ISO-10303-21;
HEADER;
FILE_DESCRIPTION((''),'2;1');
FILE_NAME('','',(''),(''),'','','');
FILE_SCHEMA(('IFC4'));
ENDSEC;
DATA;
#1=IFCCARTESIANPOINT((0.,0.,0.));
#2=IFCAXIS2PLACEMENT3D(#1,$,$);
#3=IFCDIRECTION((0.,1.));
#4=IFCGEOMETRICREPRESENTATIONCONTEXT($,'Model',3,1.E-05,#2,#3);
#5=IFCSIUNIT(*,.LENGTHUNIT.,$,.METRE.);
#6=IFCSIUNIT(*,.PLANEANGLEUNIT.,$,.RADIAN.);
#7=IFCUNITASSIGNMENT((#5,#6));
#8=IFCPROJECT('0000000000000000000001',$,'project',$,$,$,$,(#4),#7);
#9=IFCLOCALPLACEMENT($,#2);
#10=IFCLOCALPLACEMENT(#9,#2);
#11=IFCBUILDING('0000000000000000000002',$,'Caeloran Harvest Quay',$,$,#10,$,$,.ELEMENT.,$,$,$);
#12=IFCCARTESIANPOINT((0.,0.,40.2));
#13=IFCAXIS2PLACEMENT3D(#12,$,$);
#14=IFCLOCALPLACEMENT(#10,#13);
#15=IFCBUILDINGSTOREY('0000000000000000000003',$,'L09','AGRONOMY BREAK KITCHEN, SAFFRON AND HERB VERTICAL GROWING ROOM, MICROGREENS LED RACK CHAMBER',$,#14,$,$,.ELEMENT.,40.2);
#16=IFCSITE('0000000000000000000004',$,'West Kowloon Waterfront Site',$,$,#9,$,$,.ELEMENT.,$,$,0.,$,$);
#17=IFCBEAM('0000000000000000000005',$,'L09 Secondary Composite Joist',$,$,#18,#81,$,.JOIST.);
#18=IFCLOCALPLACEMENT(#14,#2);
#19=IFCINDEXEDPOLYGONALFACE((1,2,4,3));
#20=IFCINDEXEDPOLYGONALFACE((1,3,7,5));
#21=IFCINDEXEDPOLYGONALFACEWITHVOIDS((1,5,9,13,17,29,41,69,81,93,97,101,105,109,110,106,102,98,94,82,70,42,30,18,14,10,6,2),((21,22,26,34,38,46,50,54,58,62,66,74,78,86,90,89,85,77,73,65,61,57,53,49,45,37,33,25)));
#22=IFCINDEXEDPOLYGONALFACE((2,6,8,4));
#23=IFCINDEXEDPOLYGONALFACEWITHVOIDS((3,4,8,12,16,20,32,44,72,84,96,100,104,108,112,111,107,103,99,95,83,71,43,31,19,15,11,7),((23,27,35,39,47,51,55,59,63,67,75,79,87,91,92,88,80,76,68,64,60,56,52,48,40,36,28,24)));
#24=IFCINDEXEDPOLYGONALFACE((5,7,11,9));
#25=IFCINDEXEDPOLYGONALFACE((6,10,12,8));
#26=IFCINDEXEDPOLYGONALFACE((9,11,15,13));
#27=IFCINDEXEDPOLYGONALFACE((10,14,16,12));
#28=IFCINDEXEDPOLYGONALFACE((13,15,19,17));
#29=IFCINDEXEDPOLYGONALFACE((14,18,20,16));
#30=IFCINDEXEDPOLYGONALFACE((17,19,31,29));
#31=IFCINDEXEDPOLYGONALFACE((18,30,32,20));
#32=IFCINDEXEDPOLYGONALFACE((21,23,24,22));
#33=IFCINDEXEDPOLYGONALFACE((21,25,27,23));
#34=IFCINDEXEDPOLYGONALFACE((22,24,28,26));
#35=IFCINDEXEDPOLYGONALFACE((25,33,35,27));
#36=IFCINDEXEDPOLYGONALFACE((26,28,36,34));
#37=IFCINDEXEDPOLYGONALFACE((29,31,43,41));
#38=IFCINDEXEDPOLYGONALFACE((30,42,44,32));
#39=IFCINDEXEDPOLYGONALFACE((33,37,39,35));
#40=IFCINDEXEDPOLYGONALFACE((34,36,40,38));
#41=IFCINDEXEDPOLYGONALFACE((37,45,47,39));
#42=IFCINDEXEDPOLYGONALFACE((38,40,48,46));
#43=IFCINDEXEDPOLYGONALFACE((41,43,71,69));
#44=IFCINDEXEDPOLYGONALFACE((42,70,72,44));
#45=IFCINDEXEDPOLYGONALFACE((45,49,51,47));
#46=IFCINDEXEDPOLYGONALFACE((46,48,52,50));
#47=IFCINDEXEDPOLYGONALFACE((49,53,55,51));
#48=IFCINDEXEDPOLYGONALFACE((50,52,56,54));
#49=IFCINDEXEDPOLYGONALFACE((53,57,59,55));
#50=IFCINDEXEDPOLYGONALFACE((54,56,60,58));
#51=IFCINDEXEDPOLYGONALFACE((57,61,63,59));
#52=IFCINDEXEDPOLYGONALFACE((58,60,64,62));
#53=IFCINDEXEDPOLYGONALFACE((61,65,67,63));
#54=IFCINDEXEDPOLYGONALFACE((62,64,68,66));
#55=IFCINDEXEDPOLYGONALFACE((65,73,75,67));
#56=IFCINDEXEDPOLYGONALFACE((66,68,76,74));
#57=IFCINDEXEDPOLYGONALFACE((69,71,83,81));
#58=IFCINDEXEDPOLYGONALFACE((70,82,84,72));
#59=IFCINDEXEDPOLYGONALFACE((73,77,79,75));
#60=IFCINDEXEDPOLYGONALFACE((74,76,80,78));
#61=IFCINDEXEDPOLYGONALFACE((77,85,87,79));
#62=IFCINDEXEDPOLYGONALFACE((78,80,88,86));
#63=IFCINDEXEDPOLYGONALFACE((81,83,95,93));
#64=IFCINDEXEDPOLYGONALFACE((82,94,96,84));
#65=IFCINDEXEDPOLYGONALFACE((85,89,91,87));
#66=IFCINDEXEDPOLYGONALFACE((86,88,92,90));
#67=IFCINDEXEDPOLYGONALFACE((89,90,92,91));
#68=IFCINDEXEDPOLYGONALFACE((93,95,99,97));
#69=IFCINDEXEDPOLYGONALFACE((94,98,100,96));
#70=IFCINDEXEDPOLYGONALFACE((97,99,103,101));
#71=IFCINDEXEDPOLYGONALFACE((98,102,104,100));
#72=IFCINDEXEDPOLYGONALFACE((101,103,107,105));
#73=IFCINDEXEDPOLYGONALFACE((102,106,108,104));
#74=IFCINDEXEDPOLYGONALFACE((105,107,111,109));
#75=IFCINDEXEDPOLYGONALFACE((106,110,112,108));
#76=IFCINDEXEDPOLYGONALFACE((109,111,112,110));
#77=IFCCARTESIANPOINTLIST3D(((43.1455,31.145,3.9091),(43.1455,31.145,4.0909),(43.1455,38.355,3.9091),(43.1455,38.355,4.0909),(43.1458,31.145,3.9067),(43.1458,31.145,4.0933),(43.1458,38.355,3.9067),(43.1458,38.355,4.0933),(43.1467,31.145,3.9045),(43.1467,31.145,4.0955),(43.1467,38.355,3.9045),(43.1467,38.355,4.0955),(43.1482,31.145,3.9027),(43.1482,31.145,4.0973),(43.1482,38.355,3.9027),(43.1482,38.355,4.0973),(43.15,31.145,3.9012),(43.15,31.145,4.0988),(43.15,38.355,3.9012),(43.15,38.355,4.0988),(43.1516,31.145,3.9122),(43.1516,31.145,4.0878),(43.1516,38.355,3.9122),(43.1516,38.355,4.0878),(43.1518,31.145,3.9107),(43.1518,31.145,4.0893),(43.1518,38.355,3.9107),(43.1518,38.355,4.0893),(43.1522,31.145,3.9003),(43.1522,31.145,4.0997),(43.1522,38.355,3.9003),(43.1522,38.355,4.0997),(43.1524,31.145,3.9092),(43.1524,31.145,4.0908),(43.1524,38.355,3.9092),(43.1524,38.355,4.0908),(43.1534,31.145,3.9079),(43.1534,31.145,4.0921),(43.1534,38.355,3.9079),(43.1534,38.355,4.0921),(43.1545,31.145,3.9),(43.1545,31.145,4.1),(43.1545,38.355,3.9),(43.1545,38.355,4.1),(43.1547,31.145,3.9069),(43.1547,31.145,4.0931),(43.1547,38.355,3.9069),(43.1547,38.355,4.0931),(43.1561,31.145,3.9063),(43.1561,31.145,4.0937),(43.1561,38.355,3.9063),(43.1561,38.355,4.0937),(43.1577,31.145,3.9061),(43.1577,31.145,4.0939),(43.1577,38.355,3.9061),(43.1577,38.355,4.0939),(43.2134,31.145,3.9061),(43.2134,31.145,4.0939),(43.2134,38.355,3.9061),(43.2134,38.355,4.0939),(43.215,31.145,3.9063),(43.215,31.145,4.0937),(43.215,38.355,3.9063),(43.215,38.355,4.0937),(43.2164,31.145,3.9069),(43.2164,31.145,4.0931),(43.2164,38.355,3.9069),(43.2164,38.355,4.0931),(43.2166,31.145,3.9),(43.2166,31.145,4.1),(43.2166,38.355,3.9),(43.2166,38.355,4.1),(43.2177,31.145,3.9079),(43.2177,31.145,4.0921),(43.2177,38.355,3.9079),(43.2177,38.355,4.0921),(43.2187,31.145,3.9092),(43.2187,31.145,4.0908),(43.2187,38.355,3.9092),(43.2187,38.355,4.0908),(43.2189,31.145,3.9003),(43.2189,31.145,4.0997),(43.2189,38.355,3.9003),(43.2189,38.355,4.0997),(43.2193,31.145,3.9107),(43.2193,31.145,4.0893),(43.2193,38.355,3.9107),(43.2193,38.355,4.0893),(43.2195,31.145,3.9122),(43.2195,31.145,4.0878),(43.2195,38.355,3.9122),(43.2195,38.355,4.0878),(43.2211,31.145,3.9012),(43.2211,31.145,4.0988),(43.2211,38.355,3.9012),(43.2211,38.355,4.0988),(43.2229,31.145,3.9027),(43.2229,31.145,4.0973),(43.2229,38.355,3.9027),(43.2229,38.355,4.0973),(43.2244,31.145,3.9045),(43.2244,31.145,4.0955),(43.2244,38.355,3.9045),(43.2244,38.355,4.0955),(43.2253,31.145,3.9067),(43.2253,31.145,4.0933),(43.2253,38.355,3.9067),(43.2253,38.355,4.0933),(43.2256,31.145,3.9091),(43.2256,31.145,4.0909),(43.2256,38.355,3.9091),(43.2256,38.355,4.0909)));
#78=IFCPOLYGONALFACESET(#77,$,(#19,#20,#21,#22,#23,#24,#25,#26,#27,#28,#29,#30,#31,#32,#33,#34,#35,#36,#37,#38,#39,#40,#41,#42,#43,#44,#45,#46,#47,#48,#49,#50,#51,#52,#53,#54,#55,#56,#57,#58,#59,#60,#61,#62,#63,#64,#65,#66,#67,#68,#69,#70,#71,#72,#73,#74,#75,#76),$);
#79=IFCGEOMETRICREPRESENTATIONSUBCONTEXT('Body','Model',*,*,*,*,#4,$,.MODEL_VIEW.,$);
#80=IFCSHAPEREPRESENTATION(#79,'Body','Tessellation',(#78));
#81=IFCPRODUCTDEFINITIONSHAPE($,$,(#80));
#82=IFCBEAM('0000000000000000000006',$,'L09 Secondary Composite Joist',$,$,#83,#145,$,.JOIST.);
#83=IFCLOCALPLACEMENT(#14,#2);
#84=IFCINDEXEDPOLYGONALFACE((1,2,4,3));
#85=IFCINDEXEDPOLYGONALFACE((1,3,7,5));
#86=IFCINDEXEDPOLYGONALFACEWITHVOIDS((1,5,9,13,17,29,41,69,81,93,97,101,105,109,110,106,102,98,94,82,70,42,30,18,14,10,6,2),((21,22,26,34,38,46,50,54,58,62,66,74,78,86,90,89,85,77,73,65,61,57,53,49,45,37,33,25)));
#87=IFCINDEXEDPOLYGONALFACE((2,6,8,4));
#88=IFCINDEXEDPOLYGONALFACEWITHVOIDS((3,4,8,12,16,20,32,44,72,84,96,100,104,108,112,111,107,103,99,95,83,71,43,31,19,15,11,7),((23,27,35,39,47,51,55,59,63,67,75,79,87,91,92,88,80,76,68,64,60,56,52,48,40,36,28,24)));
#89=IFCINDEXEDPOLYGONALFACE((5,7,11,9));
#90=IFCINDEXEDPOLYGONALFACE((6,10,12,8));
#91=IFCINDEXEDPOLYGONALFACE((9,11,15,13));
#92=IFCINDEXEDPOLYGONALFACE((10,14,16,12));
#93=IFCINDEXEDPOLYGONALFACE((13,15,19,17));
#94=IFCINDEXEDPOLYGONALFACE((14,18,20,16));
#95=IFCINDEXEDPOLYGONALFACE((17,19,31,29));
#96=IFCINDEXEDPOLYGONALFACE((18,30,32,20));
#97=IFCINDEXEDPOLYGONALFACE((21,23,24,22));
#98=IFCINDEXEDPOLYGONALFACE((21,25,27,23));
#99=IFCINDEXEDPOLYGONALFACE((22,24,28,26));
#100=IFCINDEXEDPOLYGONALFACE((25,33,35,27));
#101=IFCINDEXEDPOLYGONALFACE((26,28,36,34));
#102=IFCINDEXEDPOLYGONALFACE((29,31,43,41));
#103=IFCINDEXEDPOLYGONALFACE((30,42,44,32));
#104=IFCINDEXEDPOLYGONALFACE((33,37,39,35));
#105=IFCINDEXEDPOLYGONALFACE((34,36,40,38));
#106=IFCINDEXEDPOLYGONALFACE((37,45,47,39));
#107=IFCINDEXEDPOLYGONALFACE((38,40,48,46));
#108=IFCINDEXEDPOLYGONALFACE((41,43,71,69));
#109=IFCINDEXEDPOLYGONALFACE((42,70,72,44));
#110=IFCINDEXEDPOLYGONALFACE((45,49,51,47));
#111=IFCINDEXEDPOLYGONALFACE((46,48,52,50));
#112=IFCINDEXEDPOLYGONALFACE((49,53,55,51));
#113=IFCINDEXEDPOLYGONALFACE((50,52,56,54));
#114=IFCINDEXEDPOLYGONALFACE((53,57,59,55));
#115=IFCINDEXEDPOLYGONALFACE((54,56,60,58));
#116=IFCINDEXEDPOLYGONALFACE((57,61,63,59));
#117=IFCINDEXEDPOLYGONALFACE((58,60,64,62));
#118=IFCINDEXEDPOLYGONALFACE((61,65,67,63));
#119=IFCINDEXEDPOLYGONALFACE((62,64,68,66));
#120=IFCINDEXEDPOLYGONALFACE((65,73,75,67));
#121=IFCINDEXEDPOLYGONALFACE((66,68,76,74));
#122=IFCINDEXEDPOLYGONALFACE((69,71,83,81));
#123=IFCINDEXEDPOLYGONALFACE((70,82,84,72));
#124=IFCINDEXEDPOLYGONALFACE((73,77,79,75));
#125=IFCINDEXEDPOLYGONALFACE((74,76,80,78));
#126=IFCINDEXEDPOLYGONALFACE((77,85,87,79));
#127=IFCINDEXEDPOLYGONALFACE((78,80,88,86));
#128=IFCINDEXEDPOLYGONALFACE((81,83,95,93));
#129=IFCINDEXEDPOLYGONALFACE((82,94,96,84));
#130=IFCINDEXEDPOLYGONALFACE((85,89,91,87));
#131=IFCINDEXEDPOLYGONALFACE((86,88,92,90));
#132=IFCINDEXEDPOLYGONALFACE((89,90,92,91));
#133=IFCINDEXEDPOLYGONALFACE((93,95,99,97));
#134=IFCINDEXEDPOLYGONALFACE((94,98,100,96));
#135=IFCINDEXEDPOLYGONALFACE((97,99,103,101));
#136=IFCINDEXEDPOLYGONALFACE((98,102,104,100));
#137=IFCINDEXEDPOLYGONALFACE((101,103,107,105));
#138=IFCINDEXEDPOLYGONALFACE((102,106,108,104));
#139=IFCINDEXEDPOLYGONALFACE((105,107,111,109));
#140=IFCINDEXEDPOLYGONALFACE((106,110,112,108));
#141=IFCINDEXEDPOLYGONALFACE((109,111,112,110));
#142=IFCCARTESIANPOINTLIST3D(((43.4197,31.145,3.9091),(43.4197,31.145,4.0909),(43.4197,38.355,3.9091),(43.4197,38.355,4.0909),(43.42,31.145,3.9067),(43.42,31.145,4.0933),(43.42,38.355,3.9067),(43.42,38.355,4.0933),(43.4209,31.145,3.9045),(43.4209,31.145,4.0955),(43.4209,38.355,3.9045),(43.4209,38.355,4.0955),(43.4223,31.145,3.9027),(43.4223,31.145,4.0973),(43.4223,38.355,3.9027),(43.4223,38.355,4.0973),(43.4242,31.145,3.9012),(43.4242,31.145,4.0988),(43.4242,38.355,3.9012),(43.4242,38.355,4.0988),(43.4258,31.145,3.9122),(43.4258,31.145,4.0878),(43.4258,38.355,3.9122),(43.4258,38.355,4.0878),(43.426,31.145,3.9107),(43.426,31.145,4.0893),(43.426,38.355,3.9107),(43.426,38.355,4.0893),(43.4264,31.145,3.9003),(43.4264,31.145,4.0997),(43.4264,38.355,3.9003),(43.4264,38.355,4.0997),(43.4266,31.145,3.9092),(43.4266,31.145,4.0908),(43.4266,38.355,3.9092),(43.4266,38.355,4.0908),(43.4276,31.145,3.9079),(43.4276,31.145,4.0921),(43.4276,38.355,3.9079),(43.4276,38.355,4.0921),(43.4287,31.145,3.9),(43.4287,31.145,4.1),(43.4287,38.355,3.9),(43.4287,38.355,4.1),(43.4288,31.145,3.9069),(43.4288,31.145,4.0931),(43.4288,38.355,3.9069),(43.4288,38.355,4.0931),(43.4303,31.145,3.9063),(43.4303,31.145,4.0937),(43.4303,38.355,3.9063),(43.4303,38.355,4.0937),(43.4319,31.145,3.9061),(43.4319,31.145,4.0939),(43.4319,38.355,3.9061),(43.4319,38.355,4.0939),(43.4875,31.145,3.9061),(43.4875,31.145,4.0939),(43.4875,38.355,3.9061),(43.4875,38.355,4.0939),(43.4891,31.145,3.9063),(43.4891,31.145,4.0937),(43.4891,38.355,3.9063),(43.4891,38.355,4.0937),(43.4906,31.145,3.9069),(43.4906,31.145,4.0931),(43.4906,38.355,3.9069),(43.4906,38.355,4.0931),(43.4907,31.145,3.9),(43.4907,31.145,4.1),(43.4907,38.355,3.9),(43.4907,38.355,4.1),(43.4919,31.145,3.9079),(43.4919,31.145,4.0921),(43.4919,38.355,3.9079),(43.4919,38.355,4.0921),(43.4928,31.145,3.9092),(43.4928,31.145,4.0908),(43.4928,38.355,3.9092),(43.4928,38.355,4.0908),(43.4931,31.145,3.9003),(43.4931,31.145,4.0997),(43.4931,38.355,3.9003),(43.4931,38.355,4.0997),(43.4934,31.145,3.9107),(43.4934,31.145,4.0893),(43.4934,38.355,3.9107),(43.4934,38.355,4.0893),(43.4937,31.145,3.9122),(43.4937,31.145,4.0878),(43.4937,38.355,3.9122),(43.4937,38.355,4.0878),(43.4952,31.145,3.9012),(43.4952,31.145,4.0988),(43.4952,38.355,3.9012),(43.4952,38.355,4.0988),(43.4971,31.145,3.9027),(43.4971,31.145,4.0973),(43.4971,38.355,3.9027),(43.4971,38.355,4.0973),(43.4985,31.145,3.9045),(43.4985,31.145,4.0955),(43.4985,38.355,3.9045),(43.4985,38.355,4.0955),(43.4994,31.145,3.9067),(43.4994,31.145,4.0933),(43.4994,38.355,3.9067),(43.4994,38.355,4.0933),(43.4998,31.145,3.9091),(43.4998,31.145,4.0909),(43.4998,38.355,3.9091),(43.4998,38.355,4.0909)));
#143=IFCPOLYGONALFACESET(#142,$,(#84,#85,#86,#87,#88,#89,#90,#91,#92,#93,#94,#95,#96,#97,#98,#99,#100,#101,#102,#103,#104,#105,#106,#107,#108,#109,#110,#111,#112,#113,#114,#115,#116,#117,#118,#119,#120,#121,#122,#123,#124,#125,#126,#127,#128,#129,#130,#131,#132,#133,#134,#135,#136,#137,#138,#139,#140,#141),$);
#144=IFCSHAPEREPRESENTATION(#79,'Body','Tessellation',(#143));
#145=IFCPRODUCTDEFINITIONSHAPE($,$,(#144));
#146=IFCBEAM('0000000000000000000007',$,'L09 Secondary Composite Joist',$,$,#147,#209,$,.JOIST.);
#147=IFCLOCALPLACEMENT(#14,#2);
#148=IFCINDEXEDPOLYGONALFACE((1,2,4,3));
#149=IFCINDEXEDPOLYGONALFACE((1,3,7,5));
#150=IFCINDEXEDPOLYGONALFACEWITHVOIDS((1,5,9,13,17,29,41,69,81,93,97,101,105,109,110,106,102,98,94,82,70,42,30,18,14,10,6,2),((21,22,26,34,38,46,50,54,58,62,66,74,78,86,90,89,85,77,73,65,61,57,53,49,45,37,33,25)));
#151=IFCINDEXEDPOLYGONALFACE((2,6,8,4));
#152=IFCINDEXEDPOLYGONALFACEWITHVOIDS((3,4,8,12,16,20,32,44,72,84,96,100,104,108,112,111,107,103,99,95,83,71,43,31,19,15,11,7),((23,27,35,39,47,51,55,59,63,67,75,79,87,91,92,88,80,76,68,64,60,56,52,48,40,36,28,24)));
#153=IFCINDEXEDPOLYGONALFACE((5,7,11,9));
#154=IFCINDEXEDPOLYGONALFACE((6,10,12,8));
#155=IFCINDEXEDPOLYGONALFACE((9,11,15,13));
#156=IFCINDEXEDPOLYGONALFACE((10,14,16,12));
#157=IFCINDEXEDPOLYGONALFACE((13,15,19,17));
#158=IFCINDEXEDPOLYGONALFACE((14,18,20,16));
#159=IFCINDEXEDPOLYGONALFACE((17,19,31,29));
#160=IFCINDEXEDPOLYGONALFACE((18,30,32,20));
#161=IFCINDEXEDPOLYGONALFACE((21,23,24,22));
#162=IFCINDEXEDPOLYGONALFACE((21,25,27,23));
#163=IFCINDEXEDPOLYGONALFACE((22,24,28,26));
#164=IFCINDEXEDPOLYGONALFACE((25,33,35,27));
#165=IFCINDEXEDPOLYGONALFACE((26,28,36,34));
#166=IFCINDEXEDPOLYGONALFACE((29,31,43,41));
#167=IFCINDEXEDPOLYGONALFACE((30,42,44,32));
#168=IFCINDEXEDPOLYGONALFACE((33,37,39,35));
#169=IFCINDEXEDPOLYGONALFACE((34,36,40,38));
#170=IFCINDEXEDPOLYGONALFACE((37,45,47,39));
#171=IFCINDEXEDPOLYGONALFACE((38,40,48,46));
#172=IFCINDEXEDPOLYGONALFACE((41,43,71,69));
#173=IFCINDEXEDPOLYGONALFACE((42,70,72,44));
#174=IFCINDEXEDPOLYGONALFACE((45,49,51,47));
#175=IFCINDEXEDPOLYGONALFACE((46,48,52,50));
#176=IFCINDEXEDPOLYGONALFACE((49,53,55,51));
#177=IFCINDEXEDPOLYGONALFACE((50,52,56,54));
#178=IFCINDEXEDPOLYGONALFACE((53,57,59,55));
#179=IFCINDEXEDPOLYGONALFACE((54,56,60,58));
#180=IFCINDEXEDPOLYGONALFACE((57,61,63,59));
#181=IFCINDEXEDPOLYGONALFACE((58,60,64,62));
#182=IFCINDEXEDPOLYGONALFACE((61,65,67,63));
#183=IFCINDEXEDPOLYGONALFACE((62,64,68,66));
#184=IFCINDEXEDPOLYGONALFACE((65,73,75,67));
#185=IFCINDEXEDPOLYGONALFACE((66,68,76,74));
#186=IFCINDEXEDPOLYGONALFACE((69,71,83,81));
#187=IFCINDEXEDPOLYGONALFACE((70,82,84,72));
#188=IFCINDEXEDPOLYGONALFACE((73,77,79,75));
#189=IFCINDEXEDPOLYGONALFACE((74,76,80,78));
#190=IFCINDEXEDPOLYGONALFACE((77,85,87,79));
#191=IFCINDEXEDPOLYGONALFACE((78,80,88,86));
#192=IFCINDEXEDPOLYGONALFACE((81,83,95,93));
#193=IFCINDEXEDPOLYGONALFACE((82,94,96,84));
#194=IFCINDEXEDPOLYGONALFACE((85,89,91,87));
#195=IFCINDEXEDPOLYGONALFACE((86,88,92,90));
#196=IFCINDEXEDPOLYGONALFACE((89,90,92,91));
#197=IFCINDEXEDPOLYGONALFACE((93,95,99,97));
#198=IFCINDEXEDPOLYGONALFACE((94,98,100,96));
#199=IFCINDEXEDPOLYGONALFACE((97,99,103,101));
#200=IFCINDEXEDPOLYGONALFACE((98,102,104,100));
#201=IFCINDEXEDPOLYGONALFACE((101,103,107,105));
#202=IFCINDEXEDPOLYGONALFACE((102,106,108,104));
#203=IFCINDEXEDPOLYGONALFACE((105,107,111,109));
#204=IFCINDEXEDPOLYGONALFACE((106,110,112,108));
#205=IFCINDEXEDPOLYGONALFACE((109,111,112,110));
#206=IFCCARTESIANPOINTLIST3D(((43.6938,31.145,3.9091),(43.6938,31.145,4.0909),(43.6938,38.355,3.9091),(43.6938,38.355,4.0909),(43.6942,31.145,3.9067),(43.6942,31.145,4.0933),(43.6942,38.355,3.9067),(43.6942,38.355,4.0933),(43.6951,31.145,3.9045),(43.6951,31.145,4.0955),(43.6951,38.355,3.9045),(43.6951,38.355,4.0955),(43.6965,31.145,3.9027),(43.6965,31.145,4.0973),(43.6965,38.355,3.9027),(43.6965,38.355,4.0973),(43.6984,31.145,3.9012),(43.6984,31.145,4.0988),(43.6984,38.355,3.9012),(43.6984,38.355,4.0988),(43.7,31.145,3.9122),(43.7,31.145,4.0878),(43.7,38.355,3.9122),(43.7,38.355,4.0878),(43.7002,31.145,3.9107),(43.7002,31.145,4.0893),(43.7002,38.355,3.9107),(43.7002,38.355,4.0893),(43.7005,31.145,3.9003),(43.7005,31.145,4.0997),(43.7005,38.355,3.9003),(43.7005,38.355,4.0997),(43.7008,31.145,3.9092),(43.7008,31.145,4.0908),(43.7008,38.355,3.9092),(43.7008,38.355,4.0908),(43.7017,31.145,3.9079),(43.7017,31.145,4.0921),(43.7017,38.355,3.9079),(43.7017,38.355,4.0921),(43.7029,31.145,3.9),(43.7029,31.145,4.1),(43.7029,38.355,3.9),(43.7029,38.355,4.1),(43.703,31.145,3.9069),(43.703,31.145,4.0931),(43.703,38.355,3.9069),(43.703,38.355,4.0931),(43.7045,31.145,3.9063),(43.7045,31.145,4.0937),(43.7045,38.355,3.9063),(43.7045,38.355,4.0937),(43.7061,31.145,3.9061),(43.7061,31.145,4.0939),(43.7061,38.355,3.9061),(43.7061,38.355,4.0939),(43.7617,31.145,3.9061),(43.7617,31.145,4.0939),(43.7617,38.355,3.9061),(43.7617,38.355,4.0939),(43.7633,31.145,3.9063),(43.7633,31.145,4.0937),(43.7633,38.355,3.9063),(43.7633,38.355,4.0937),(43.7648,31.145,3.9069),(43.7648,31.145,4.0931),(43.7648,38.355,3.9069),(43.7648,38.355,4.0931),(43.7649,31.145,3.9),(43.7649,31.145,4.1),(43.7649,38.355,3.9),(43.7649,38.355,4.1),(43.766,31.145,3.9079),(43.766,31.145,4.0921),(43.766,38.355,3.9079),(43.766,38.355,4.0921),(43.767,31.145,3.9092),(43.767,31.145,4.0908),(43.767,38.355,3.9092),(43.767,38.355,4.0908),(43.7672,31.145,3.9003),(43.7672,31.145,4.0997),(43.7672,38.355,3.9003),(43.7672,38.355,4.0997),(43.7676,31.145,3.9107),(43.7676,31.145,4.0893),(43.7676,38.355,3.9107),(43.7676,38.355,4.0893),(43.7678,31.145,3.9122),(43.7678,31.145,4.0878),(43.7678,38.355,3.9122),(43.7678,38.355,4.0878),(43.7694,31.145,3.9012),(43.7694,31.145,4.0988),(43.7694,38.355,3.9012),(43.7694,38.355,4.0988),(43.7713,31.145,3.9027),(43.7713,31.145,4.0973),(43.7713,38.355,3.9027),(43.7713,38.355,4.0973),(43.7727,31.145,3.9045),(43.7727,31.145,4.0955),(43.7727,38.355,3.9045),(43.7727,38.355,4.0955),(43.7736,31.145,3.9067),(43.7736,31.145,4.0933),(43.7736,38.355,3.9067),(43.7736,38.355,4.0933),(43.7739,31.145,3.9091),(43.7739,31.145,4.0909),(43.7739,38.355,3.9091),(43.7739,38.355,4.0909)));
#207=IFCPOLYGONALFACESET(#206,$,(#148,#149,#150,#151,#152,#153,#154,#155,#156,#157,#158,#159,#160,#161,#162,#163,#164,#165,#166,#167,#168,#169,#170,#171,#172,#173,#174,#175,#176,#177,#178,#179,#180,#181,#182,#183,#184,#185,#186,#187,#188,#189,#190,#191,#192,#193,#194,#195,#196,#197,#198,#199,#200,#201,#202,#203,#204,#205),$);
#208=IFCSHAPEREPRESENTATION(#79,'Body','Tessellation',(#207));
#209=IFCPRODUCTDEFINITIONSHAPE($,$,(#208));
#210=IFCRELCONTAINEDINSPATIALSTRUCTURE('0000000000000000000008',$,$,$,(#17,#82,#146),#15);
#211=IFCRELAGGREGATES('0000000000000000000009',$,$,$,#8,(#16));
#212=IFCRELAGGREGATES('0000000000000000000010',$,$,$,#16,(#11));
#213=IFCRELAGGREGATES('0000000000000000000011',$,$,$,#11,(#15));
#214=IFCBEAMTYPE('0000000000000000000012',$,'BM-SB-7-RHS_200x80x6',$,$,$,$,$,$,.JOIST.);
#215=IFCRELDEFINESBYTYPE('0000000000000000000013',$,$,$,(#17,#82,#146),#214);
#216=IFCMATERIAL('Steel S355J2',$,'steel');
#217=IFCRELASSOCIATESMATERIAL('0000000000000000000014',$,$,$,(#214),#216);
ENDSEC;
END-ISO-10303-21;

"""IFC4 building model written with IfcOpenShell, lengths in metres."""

from ifc_helpers import new_model, si_unit, direction, frame, origin, origin_2d, place, context, subcontext, project, spatial, hollow_rectangle, extrude, material, material_profile, profile_set, type_object, element, save


model = new_model("IFC4")

# Units and contexts
model_context = context("Model", 3, precision=1e-05, world=origin(), true_north=direction((0.0, 1.0)))
body_context = subcontext(model_context, "Body", "Model", "MODEL_VIEW")
ifc_project = project(units=[si_unit("LENGTHUNIT", "METRE"), si_unit("PLANEANGLEUNIT", "RADIAN")], contexts=[model_context])

# Site, building, storey
site_placement = place(None, origin())
site = spatial("IfcSite", under=ifc_project, at=site_placement, Name="West Kowloon Waterfront Site", CompositionType="ELEMENT", RefElevation=0.0)
building_placement = place(site_placement, origin())
building = spatial("IfcBuilding", under=site, at=building_placement, Name="Caeloran Harvest Quay", CompositionType="ELEMENT")
storey_placement = place(building_placement, frame((0.0, 0.0, 40.2)))
storey = spatial("IfcBuildingStorey", under=building, at=storey_placement, Name="L09", Description="AGRONOMY BREAK KITCHEN, SAFFRON AND HERB VERTICAL GROWING ROOM, MICROGREENS LED RACK CHAMBER", CompositionType="ELEMENT", Elevation=40.2)

# Beams
ifc_material_1 = material(Name="Steel S355J2", Category="steel")
ifc_material_profile_1 = material_profile(ifc_material_1, hollow_rectangle(XDim=0.0801, YDim=0.2, WallThickness=0.0061, InnerFilletRadius=0.0061, OuterFilletRadius=0.009, at=origin_2d()), Name="RHS 200x80x6")
ifc_profile_set_1 = profile_set([ifc_material_profile_1], Name="Steel S355J2")
beam_type_1 = type_object("IfcBeamType", Name="BM-SB-7-RHS_200x80x6", PredefinedType="JOIST", material=ifc_profile_set_1)
for number, where, z_axis, x_axis, name in (
    (1, (43.1855, 31.145, 4.0), (0.0, 1.0, 0.0), (-1.0, 0.0, 0.0), "L09 Secondary Composite Joist"),
    (2, (43.4597, 31.145, 4.0), (0.0, 1.0, 0.0), (-1.0, 0.0, 0.0), "L09 Secondary Composite Joist"),
    (3, (43.7339, 31.145, 4.0), (0.0, 1.0, 0.0), (-1.0, 0.0, 0.0), "L09 Secondary Composite Joist"),
):
    element("IfcBeam", number, at=place(storey_placement, frame(where, z_axis=z_axis, x_axis=x_axis)), inside=storey, type_object=beam_type_1, Name=name, PredefinedType="JOIST", context=body_context, shape_type="SweptSolid", body=[
        extrude(hollow_rectangle(XDim=0.0801, YDim=0.2, WallThickness=0.0061, InnerFilletRadius=0.0061, OuterFilletRadius=0.009, at=origin_2d()), origin(), (0.0, 0.0, 1.0), 7.21),
    ])

save(model, "model.ifc")
